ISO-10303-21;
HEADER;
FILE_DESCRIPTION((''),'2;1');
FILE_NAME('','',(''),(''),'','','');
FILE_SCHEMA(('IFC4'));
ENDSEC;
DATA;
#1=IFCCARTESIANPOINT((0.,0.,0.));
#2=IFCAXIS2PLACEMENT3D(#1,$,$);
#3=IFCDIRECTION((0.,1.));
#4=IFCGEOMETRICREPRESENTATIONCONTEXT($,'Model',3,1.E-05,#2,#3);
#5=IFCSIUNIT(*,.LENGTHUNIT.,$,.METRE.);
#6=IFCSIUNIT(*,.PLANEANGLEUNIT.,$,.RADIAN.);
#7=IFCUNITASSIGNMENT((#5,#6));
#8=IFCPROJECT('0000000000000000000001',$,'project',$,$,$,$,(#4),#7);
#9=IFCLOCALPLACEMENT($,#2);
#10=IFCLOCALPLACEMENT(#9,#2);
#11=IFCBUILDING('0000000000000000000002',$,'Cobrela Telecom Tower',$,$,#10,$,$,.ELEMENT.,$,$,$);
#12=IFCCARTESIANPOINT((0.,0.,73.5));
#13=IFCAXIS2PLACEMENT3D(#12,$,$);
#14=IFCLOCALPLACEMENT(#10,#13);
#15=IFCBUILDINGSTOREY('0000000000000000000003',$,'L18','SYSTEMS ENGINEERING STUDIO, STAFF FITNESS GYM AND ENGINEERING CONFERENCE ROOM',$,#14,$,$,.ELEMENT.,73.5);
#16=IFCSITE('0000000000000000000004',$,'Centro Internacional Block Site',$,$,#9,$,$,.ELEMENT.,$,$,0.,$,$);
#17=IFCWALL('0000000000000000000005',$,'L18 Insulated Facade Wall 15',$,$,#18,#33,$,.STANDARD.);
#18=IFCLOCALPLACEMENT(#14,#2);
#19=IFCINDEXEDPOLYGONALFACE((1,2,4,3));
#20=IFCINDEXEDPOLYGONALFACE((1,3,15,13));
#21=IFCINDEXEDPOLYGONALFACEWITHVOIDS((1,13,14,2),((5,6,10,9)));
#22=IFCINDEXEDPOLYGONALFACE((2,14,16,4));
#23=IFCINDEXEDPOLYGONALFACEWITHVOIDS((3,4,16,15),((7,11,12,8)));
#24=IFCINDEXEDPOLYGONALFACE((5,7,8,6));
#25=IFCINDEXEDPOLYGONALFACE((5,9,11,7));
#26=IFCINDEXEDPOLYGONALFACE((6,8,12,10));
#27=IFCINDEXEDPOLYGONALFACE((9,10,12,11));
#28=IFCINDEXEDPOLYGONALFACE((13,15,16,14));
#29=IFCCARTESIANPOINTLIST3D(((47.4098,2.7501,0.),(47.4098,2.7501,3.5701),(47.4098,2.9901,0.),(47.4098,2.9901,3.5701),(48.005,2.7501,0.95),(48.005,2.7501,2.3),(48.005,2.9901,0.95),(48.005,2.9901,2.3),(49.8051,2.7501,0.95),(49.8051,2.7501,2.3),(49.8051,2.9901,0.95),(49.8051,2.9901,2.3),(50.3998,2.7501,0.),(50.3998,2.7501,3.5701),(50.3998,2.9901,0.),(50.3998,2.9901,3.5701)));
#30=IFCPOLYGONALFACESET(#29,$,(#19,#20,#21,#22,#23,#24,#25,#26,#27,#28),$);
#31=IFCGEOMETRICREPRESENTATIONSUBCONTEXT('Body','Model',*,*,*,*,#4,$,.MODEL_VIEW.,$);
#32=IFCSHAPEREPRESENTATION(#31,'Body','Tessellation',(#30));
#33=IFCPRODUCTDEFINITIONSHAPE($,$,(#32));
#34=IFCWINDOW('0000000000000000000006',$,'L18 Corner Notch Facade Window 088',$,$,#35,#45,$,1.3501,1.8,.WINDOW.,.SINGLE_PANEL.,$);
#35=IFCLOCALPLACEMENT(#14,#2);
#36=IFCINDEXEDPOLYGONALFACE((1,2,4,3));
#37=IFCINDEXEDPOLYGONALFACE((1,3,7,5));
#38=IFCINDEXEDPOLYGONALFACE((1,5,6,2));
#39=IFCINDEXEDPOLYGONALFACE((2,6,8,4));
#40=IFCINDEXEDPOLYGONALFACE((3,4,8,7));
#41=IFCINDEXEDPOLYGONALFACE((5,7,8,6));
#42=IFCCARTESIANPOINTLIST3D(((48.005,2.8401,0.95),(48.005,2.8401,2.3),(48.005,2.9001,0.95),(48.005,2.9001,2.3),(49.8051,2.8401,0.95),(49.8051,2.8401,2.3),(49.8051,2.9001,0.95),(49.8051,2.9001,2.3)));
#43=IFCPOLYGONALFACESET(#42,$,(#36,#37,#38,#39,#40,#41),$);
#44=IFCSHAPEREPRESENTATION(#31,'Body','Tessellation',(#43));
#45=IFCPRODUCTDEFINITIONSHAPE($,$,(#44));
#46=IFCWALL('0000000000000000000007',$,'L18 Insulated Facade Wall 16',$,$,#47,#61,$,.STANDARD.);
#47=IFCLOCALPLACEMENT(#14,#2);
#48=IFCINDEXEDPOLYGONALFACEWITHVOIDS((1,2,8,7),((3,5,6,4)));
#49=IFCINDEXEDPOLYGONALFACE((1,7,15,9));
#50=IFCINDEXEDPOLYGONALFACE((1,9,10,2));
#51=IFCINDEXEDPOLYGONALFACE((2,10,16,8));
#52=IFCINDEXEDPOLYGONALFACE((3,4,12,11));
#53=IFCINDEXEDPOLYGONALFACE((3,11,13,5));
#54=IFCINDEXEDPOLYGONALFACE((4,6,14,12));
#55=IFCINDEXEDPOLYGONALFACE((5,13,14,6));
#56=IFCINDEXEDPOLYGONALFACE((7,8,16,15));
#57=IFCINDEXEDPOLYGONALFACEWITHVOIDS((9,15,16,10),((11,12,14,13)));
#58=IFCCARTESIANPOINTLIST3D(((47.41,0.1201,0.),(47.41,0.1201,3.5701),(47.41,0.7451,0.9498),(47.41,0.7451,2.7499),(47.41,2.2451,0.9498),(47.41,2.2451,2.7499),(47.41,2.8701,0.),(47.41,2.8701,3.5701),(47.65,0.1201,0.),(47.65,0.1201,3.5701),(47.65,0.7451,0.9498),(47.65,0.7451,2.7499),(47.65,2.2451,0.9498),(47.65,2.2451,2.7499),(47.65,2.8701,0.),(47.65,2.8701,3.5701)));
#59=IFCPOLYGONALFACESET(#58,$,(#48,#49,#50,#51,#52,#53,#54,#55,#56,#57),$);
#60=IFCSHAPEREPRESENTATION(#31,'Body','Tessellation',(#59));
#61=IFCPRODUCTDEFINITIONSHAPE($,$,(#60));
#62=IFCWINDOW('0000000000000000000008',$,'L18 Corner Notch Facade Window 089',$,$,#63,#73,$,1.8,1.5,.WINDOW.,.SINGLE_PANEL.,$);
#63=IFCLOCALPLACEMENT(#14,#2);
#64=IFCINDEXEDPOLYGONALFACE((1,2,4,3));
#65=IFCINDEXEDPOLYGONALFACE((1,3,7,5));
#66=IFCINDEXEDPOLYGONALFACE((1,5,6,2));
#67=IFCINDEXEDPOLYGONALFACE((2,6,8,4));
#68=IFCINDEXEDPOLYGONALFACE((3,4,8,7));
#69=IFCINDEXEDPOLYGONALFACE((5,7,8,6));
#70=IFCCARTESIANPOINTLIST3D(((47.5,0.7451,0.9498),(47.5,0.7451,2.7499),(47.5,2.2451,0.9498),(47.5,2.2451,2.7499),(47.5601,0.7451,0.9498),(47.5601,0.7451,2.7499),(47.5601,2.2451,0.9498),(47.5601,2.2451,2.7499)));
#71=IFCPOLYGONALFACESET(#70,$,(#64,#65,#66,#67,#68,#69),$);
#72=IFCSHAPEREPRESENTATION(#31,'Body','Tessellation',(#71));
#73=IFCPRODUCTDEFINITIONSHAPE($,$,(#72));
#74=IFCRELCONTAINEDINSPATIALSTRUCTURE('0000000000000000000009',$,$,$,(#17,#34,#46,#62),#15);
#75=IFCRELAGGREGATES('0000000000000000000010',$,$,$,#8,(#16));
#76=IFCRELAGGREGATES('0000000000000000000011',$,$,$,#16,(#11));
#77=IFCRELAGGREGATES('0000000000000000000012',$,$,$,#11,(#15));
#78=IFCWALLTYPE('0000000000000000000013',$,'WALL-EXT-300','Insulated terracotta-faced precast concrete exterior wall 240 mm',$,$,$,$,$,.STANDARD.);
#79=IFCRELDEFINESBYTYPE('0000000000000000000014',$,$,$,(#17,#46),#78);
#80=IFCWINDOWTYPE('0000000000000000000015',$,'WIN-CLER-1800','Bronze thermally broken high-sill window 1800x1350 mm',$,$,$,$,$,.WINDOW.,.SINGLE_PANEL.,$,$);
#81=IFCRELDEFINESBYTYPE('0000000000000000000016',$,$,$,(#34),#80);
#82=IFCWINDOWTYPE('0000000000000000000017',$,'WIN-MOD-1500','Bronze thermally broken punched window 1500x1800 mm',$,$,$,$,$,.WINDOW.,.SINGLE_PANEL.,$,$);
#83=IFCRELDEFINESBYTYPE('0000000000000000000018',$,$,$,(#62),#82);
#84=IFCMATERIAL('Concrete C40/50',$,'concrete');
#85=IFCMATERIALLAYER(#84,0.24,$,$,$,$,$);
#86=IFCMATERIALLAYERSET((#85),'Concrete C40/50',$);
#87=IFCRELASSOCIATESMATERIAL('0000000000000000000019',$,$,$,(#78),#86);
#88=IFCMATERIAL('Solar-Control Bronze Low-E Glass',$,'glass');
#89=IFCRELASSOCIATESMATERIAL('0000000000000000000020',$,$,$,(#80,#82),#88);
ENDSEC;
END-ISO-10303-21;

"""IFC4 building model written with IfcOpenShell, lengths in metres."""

from ifc_helpers import new_model, si_unit, direction, frame, frame_2d, origin, place, context, subcontext, project, spatial, rectangle, extrude, material, layer, layer_set, type_object, element, fill, save


model = new_model("IFC4")

# Units and contexts
model_context = context("Model", 3, precision=1e-05, world=origin(), true_north=direction((0.0, 1.0)))
body_context = subcontext(model_context, "Body", "Model", "MODEL_VIEW")
ifc_project = project(units=[si_unit("LENGTHUNIT", "METRE"), si_unit("PLANEANGLEUNIT", "RADIAN")], contexts=[model_context])

# Site, building, storey
site_placement = place(None, origin())
site = spatial("IfcSite", under=ifc_project, at=site_placement, Name="Centro Internacional Block Site", CompositionType="ELEMENT", RefElevation=0.0)
building_placement = place(site_placement, origin())
building = spatial("IfcBuilding", under=site, at=building_placement, Name="Cobrela Telecom Tower", CompositionType="ELEMENT")
storey_placement = place(building_placement, frame((0.0, 0.0, 73.5)))
storey = spatial("IfcBuildingStorey", under=building, at=storey_placement, Name="L18", Description="SYSTEMS ENGINEERING STUDIO, STAFF FITNESS GYM AND ENGINEERING CONFERENCE ROOM", CompositionType="ELEMENT", Elevation=73.5)

# Shared definitions
ifc_material_1 = material(Name="Solar-Control Bronze Low-E Glass", Category="glass")

# Walls, openings, windows
ifc_material_2 = material(Name="Concrete C40/50", Category="concrete")
ifc_layer_1 = layer(ifc_material_2, 0.24)
ifc_layer_set_1 = layer_set([ifc_layer_1], Name="Concrete C40/50")
wall_type = type_object("IfcWallType", Name="WALL-EXT-300", Description="Insulated terracotta-faced precast concrete exterior wall 240 mm", PredefinedType="STANDARD", material=ifc_layer_set_1)
wall_1_placement = place(storey_placement, frame((50.3999, 2.8701, 0.0), z_axis=(0.0, 0.0, 1.0), x_axis=(-1.0, 0.0, 0.0)))
wall_1 = element("IfcWall", 1, at=wall_1_placement, inside=storey, type_object=wall_type, Name="L18 Insulated Facade Wall 15", PredefinedType="STANDARD", context=body_context, shape_type="SweptSolid", body=[
    extrude(rectangle(XDim=2.99, YDim=0.24, at=frame_2d((1.4951, 0.0))), origin(), (0.0, 0.0, 1.0), 3.5701),
])
opening_1_placement = place(wall_1_placement, frame((0.595, 0.0, 0.95)))
opening_1 = element("IfcOpeningElement", 2, at=opening_1_placement, cuts=wall_1, PredefinedType="OPENING", context=body_context, shape_type="SweptSolid", body=[
    extrude(rectangle(XDim=1.8, YDim=1.3501, at=frame_2d((0.8999, 0.675))), frame((0.0, 0.1318, 0.0), z_axis=(0.0, -1.0, 0.0), x_axis=(1.0, 0.0, 0.0)), (0.0, 0.0, 1.0), 0.2639),
])
window_type_1 = type_object("IfcWindowType", Name="WIN-CLER-1800", Description="Bronze thermally broken high-sill window 1800x1350 mm", PartitioningType="SINGLE_PANEL", PredefinedType="WINDOW", material=ifc_material_1)
window_1_placement = place(opening_1_placement, origin())
window_1 = element("IfcWindow", 3, at=window_1_placement, inside=storey, type_object=window_type_1, Name="L18 Corner Notch Facade Window 088", OverallHeight=1.3501, OverallWidth=1.8, PartitioningType="SINGLE_PANEL", PredefinedType="WINDOW", context=body_context, shape_type="SweptSolid", body=[
    extrude(rectangle(XDim=1.8, YDim=1.3501, at=frame_2d((0.8999, 0.675))), frame((0.0, 0.03, 0.0), z_axis=(0.0, -1.0, 0.0), x_axis=(1.0, 0.0, 0.0)), (0.0, 0.0, 1.0), 0.0601),
])
fill(opening_1, window_1)
wall_2_placement = place(storey_placement, frame((47.53, 2.8701, 0.0), z_axis=(0.0, 0.0, 1.0), x_axis=(0.0, -1.0, 0.0)))
wall_2 = element("IfcWall", 4, at=wall_2_placement, inside=storey, type_object=wall_type, Name="L18 Insulated Facade Wall 16", PredefinedType="STANDARD", context=body_context, shape_type="SweptSolid", body=[
    extrude(rectangle(XDim=2.75, YDim=0.24, at=frame_2d((1.375, 0.0))), origin(), (0.0, 0.0, 1.0), 3.5701),
])
opening_2_placement = place(wall_2_placement, frame((0.625, 0.0, 0.95)))
opening_2 = element("IfcOpeningElement", 5, at=opening_2_placement, cuts=wall_2, PredefinedType="OPENING", context=body_context, shape_type="SweptSolid", body=[
    extrude(rectangle(XDim=1.5, YDim=1.8, at=frame_2d((0.75, 0.8999))), frame((0.0, 0.1318, 0.0), z_axis=(0.0, -1.0, 0.0), x_axis=(1.0, 0.0, 0.0)), (0.0, 0.0, 1.0), 0.2639),
])
window_type_2 = type_object("IfcWindowType", Name="WIN-MOD-1500", Description="Bronze thermally broken punched window 1500x1800 mm", PartitioningType="SINGLE_PANEL", PredefinedType="WINDOW", material=ifc_material_1)
window_2_placement = place(opening_2_placement, origin())
window_2 = element("IfcWindow", 6, at=window_2_placement, inside=storey, type_object=window_type_2, Name="L18 Corner Notch Facade Window 089", OverallHeight=1.8, OverallWidth=1.5, PartitioningType="SINGLE_PANEL", PredefinedType="WINDOW", context=body_context, shape_type="SweptSolid", body=[
    extrude(rectangle(XDim=1.5, YDim=1.8, at=frame_2d((0.75, 0.8999))), frame((0.0, 0.03, 0.0), z_axis=(0.0, -1.0, 0.0), x_axis=(1.0, 0.0, 0.0)), (0.0, 0.0, 1.0), 0.0601),
])
fill(opening_2, window_2)

save(model, "model.ifc")
